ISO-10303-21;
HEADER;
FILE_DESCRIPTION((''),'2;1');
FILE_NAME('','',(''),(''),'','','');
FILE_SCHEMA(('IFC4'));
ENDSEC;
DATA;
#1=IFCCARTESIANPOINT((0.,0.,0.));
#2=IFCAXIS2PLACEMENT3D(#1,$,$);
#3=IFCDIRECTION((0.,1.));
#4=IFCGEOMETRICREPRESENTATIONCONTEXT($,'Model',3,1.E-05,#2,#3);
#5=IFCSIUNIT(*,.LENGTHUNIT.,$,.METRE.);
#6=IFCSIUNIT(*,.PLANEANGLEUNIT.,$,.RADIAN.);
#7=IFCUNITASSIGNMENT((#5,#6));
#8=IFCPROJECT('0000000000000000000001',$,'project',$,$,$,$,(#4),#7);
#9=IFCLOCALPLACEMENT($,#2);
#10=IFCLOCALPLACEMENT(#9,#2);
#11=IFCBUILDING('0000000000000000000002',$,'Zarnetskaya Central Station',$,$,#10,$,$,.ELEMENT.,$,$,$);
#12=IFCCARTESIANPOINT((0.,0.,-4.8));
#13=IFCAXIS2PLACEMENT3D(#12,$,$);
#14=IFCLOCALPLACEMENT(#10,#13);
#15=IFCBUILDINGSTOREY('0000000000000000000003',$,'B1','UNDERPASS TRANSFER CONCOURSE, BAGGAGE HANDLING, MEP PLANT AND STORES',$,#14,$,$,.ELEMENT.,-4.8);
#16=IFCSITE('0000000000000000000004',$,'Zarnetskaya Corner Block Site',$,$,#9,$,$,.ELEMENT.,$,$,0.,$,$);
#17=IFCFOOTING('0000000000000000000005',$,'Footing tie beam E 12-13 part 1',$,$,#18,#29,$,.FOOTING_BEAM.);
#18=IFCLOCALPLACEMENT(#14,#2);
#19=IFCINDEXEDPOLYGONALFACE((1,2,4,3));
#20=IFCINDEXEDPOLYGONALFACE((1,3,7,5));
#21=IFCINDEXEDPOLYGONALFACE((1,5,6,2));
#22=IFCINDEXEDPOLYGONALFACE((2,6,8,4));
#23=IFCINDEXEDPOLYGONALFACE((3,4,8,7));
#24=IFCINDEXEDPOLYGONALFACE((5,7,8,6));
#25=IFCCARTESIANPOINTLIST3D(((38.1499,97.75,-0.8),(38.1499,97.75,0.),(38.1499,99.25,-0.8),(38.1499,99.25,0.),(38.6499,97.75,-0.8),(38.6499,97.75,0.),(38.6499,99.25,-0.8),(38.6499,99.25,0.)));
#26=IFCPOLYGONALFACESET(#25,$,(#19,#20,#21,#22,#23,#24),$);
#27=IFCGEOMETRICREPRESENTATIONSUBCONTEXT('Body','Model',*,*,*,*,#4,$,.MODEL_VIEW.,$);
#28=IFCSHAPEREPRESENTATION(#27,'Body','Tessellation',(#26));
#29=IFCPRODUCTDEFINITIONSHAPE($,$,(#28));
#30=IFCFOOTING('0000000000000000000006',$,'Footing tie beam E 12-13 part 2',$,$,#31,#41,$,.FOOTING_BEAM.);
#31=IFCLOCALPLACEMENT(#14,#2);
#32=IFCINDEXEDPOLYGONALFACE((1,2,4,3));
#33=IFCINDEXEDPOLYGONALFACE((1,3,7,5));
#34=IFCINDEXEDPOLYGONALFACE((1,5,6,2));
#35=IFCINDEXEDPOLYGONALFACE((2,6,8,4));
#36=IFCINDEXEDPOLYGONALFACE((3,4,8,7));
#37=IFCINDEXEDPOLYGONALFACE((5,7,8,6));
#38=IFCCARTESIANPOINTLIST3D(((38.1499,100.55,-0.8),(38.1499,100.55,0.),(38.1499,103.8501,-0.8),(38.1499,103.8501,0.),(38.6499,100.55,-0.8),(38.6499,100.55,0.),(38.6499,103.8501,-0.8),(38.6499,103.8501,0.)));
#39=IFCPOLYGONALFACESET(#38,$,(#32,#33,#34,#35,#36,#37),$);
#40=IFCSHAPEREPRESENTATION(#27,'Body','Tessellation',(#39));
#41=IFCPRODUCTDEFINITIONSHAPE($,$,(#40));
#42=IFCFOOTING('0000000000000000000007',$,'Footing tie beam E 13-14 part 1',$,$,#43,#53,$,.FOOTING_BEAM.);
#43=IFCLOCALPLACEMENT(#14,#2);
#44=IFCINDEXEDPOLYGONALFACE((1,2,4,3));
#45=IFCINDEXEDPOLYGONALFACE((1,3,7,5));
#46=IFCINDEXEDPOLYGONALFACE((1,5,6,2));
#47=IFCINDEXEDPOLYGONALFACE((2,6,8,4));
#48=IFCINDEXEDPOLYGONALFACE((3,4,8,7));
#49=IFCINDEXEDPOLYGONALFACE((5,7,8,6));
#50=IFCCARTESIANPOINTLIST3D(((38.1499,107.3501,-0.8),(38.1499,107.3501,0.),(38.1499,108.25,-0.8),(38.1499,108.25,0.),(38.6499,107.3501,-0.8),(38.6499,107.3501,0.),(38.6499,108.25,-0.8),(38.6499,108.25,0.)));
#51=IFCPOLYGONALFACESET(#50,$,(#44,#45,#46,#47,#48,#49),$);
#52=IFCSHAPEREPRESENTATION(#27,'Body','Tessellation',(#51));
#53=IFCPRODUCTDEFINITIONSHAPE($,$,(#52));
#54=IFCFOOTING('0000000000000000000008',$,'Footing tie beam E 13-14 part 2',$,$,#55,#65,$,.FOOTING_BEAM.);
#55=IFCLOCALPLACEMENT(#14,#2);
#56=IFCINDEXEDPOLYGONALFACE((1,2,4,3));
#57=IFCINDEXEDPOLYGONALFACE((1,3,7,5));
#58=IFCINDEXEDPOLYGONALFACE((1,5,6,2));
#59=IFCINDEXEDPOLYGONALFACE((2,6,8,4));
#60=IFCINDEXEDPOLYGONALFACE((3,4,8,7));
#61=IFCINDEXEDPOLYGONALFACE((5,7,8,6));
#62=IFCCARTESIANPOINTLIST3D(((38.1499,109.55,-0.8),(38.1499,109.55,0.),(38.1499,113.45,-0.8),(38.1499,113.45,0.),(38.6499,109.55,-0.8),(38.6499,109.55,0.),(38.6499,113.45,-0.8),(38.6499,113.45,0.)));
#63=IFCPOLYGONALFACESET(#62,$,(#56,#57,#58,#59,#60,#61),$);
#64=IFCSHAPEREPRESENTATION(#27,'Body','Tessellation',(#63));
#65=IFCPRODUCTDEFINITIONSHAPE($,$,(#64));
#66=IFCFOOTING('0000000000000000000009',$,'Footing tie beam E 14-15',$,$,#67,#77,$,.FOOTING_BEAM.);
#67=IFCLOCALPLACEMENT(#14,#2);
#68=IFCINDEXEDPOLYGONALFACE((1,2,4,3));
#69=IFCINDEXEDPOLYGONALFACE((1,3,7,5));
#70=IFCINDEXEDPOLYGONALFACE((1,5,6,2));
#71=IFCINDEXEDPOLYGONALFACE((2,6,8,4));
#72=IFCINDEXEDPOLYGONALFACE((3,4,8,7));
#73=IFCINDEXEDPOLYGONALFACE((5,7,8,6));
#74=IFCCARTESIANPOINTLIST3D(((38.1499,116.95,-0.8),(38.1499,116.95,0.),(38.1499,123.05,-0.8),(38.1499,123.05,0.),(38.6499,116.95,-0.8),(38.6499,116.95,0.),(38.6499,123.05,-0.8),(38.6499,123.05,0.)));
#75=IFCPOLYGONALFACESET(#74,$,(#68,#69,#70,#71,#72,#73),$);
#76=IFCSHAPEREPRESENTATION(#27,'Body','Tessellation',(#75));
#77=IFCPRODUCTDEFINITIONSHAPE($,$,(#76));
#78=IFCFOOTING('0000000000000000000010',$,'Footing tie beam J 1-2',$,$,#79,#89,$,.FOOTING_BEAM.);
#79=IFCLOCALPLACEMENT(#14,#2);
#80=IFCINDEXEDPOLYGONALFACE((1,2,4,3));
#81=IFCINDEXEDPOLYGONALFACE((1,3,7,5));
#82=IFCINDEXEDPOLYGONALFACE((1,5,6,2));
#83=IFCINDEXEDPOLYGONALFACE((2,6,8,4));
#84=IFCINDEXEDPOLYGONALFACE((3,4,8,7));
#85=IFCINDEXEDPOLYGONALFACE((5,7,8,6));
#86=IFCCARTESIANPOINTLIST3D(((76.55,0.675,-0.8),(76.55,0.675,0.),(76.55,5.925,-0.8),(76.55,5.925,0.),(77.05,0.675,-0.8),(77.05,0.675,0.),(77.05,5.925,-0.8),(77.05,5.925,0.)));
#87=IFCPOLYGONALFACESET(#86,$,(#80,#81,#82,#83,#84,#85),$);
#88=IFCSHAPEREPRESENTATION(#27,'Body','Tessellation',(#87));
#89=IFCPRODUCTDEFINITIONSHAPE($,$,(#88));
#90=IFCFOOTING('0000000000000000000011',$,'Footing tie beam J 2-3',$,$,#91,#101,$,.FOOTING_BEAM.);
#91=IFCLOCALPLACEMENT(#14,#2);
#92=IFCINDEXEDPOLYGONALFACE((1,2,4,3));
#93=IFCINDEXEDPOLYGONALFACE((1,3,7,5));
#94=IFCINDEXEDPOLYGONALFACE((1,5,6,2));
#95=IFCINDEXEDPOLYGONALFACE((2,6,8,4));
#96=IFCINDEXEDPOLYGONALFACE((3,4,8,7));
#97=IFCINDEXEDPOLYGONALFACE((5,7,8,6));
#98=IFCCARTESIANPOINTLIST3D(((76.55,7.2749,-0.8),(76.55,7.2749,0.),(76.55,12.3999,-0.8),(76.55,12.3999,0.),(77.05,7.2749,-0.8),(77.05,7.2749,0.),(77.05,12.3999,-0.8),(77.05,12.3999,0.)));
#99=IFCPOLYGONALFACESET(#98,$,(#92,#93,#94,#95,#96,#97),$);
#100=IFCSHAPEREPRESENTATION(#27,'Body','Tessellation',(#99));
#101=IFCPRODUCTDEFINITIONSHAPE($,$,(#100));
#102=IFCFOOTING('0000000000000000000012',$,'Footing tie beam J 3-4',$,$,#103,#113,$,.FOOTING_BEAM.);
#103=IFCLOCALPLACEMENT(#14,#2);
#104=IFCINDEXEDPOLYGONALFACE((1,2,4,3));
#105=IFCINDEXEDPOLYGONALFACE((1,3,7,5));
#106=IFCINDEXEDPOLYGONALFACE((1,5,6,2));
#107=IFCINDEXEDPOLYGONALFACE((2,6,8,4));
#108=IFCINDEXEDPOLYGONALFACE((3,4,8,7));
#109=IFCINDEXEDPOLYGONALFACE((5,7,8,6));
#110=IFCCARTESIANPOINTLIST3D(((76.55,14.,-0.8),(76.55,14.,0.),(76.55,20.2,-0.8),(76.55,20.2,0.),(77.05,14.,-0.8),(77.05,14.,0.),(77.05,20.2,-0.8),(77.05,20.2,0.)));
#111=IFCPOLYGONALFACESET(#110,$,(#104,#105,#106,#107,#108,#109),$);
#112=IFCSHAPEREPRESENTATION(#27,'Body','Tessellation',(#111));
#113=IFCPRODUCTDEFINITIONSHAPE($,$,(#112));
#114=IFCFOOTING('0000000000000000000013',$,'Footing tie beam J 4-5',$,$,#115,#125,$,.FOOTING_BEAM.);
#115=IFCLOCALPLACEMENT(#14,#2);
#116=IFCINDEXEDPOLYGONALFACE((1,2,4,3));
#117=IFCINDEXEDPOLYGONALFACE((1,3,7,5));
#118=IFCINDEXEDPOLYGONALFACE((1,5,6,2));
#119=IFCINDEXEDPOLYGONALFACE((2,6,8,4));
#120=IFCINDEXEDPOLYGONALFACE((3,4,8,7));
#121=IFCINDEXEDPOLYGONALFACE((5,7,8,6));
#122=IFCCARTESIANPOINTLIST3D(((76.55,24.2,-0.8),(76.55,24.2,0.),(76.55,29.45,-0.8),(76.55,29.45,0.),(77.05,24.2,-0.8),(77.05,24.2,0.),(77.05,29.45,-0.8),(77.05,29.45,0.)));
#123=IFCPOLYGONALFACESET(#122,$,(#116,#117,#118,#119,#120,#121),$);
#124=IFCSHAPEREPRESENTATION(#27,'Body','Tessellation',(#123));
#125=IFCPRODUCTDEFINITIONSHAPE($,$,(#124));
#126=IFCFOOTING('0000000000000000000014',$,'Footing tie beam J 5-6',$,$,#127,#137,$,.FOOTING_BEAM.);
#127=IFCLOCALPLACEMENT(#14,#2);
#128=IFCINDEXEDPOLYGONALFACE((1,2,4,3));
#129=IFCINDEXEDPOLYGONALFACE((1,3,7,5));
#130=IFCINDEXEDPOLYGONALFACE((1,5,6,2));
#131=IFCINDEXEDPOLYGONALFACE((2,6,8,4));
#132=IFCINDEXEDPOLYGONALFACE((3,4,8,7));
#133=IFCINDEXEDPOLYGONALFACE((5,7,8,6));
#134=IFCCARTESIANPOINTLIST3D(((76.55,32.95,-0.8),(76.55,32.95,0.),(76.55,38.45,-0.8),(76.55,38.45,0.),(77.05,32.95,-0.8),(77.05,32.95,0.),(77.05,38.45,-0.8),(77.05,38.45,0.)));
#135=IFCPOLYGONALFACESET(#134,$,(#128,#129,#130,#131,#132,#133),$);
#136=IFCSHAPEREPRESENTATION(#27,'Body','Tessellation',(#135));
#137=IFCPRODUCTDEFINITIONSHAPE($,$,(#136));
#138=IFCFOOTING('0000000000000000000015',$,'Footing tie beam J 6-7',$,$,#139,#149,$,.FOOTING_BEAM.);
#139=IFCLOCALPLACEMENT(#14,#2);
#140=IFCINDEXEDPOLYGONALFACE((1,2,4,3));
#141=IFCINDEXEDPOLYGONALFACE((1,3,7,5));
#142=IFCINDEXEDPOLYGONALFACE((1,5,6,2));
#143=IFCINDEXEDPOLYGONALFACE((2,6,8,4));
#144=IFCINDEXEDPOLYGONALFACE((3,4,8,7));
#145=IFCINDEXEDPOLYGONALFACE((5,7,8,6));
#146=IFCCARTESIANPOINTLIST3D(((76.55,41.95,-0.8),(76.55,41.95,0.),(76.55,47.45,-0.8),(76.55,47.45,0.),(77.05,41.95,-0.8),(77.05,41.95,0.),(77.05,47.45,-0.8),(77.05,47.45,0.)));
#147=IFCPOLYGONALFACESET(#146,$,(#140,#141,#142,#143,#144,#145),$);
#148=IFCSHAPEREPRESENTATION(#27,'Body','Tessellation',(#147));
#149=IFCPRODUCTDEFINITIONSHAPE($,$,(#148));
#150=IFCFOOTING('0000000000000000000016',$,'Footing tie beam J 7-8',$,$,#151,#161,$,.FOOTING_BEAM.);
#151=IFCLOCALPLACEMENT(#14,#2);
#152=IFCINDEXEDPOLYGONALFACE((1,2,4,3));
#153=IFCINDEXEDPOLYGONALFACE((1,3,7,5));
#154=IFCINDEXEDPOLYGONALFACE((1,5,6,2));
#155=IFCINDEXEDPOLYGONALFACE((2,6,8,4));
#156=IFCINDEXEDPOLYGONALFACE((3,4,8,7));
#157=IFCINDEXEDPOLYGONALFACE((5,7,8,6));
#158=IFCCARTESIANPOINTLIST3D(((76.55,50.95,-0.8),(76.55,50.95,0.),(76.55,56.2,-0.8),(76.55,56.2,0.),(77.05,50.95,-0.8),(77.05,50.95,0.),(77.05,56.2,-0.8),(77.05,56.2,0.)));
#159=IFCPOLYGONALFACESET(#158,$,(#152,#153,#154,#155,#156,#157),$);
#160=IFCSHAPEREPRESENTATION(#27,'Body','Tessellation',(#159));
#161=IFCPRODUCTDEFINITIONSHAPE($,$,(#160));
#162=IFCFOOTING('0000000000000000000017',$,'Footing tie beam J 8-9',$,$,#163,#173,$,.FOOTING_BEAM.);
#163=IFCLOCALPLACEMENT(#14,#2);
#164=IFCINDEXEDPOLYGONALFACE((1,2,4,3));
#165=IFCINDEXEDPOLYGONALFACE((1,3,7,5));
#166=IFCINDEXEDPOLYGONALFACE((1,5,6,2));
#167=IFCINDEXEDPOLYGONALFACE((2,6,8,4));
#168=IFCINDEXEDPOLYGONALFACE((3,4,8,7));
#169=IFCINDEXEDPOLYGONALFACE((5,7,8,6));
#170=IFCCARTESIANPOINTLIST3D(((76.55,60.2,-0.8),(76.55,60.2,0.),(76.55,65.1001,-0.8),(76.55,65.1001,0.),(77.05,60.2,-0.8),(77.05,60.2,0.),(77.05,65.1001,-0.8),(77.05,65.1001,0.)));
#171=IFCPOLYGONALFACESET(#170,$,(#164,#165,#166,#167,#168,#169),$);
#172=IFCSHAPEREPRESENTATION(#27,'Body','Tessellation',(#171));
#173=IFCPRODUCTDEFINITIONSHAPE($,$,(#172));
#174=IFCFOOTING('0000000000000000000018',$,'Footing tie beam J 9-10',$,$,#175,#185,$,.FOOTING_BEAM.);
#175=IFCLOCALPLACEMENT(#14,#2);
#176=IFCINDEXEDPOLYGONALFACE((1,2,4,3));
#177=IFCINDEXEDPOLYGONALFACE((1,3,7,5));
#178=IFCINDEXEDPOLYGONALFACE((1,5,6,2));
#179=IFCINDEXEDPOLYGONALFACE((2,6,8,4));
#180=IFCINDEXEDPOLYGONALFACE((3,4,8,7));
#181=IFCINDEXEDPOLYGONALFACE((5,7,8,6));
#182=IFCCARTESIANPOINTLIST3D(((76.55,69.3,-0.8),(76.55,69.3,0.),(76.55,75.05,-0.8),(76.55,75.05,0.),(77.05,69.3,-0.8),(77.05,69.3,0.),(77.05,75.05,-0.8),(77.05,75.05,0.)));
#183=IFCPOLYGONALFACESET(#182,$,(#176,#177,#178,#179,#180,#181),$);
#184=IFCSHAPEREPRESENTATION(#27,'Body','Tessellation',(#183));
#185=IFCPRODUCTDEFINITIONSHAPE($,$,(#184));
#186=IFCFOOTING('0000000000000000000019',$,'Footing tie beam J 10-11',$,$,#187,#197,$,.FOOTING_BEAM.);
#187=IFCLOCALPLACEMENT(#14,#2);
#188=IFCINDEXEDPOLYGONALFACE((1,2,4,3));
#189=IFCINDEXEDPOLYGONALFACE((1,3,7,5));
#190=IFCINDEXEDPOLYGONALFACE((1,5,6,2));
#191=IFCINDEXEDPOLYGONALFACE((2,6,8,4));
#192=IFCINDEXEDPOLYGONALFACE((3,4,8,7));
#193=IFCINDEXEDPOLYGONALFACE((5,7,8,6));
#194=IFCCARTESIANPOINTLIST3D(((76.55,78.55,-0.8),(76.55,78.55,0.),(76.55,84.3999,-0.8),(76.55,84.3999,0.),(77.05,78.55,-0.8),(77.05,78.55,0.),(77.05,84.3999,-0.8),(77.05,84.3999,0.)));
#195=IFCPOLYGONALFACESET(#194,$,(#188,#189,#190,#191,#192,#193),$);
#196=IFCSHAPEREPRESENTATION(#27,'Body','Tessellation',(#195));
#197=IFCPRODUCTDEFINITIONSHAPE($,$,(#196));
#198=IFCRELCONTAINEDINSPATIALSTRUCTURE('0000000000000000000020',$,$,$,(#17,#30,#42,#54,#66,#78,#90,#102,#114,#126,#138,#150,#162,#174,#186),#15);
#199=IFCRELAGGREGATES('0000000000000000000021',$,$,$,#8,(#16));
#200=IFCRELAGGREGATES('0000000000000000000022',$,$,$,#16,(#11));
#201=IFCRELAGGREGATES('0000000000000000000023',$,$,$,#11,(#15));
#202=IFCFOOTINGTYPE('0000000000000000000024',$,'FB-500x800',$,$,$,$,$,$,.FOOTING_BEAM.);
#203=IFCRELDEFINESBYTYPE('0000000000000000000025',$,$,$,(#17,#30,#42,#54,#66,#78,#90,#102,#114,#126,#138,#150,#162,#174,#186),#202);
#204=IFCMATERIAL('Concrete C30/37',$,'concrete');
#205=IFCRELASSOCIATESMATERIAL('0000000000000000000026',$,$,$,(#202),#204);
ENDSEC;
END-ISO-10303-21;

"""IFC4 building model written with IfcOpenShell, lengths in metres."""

from ifc_helpers import new_model, si_unit, direction, frame, origin, place, context, subcontext, project, spatial, polyline, outline, extrude, material, type_object, element, save


model = new_model("IFC4")

# Units and contexts
model_context = context("Model", 3, precision=1e-05, world=origin(), true_north=direction((0.0, 1.0)))
body_context = subcontext(model_context, "Body", "Model", "MODEL_VIEW")
ifc_project = project(units=[si_unit("LENGTHUNIT", "METRE"), si_unit("PLANEANGLEUNIT", "RADIAN")], contexts=[model_context])

# Site, building, storey
site_placement = place(None, origin())
site = spatial("IfcSite", under=ifc_project, at=site_placement, Name="Zarnetskaya Corner Block Site", CompositionType="ELEMENT", RefElevation=0.0)
building_placement = place(site_placement, origin())
building = spatial("IfcBuilding", under=site, at=building_placement, Name="Zarnetskaya Central Station", CompositionType="ELEMENT")
storey_placement = place(building_placement, frame((0.0, 0.0, -4.8)))
storey = spatial("IfcBuildingStorey", under=building, at=storey_placement, Name="B1", Description="UNDERPASS TRANSFER CONCOURSE, BAGGAGE HANDLING, MEP PLANT AND STORES", CompositionType="ELEMENT", Elevation=-4.8)

# Footings
ifc_material = material(Name="Concrete C30/37", Category="concrete")
footing_type = type_object("IfcFootingType", Name="FB-500x800", PredefinedType="FOOTING_BEAM", material=ifc_material)
footing_1_placement = place(storey_placement, frame((0.0, 0.0, -0.8)))
element("IfcFooting", 1, at=footing_1_placement, inside=storey, type_object=footing_type, Name="Footing tie beam E 12-13 part 1", PredefinedType="FOOTING_BEAM", context=body_context, shape_type="SweptSolid", body=[
    extrude(outline(polyline([(38.1499, 97.75), (38.6499, 97.75), (38.6499, 99.25), (38.1499, 99.25), (38.1499, 97.75)])), origin(), (0.0, 0.0, 1.0), 0.8),
])
footing_2_placement = place(storey_placement, frame((0.0, 0.0, -0.8)))
element("IfcFooting", 2, at=footing_2_placement, inside=storey, type_object=footing_type, Name="Footing tie beam E 12-13 part 2", PredefinedType="FOOTING_BEAM", context=body_context, shape_type="SweptSolid", body=[
    extrude(outline(polyline([(38.1499, 100.55), (38.6499, 100.55), (38.6499, 103.8501), (38.1499, 103.8501), (38.1499, 100.55)])), origin(), (0.0, 0.0, 1.0), 0.8),
])
footing_3_placement = place(storey_placement, frame((0.0, 0.0, -0.8)))
element("IfcFooting", 3, at=footing_3_placement, inside=storey, type_object=footing_type, Name="Footing tie beam E 13-14 part 1", PredefinedType="FOOTING_BEAM", context=body_context, shape_type="SweptSolid", body=[
    extrude(outline(polyline([(38.1499, 107.3501), (38.6499, 107.3501), (38.6499, 108.25), (38.1499, 108.25), (38.1499, 107.3501)])), origin(), (0.0, 0.0, 1.0), 0.8),
])
footing_4_placement = place(storey_placement, frame((0.0, 0.0, -0.8)))
element("IfcFooting", 4, at=footing_4_placement, inside=storey, type_object=footing_type, Name="Footing tie beam E 13-14 part 2", PredefinedType="FOOTING_BEAM", context=body_context, shape_type="SweptSolid", body=[
    extrude(outline(polyline([(38.1499, 109.55), (38.6499, 109.55), (38.6499, 113.45), (38.1499, 113.45), (38.1499, 109.55)])), origin(), (0.0, 0.0, 1.0), 0.8),
])
footing_5_placement = place(storey_placement, frame((0.0, 0.0, -0.8)))
element("IfcFooting", 5, at=footing_5_placement, inside=storey, type_object=footing_type, Name="Footing tie beam E 14-15", PredefinedType="FOOTING_BEAM", context=body_context, shape_type="SweptSolid", body=[
    extrude(outline(polyline([(38.1499, 116.95), (38.6499, 116.95), (38.6499, 123.05), (38.1499, 123.05), (38.1499, 116.95)])), origin(), (0.0, 0.0, 1.0), 0.8),
])
footing_6_placement = place(storey_placement, frame((0.0, 0.0, -0.8)))
element("IfcFooting", 6, at=footing_6_placement, inside=storey, type_object=footing_type, Name="Footing tie beam J 1-2", PredefinedType="FOOTING_BEAM", context=body_context, shape_type="SweptSolid", body=[
    extrude(outline(polyline([(76.55, 0.675), (77.05, 0.675), (77.05, 5.925), (76.55, 5.925), (76.55, 0.675)])), origin(), (0.0, 0.0, 1.0), 0.8),
])
footing_7_placement = place(storey_placement, frame((0.0, 0.0, -0.8)))
element("IfcFooting", 7, at=footing_7_placement, inside=storey, type_object=footing_type, Name="Footing tie beam J 2-3", PredefinedType="FOOTING_BEAM", context=body_context, shape_type="SweptSolid", body=[
    extrude(outline(polyline([(76.55, 7.2749), (77.05, 7.2749), (77.05, 12.3999), (76.55, 12.3999), (76.55, 7.2749)])), origin(), (0.0, 0.0, 1.0), 0.8),
])
footing_8_placement = place(storey_placement, frame((0.0, 0.0, -0.8)))
element("IfcFooting", 8, at=footing_8_placement, inside=storey, type_object=footing_type, Name="Footing tie beam J 3-4", PredefinedType="FOOTING_BEAM", context=body_context, shape_type="SweptSolid", body=[
    extrude(outline(polyline([(76.55, 14.0), (77.05, 14.0), (77.05, 20.2), (76.55, 20.2), (76.55, 14.0)])), origin(), (0.0, 0.0, 1.0), 0.8),
])
footing_9_placement = place(storey_placement, frame((0.0, 0.0, -0.8)))
element("IfcFooting", 9, at=footing_9_placement, inside=storey, type_object=footing_type, Name="Footing tie beam J 4-5", PredefinedType="FOOTING_BEAM", context=body_context, shape_type="SweptSolid", body=[
    extrude(outline(polyline([(76.55, 24.2), (77.05, 24.2), (77.05, 29.45), (76.55, 29.45), (76.55, 24.2)])), origin(), (0.0, 0.0, 1.0), 0.8),
])
footing_10_placement = place(storey_placement, frame((0.0, 0.0, -0.8)))
element("IfcFooting", 10, at=footing_10_placement, inside=storey, type_object=footing_type, Name="Footing tie beam J 5-6", PredefinedType="FOOTING_BEAM", context=body_context, shape_type="SweptSolid", body=[
    extrude(outline(polyline([(76.55, 32.95), (77.05, 32.95), (77.05, 38.45), (76.55, 38.45), (76.55, 32.95)])), origin(), (0.0, 0.0, 1.0), 0.8),
])
footing_11_placement = place(storey_placement, frame((0.0, 0.0, -0.8)))
element("IfcFooting", 11, at=footing_11_placement, inside=storey, type_object=footing_type, Name="Footing tie beam J 6-7", PredefinedType="FOOTING_BEAM", context=body_context, shape_type="SweptSolid", body=[
    extrude(outline(polyline([(76.55, 41.95), (77.05, 41.95), (77.05, 47.45), (76.55, 47.45), (76.55, 41.95)])), origin(), (0.0, 0.0, 1.0), 0.8),
])
footing_12_placement = place(storey_placement, frame((0.0, 0.0, -0.8)))
element("IfcFooting", 12, at=footing_12_placement, inside=storey, type_object=footing_type, Name="Footing tie beam J 7-8", PredefinedType="FOOTING_BEAM", context=body_context, shape_type="SweptSolid", body=[
    extrude(outline(polyline([(76.55, 50.95), (77.05, 50.95), (77.05, 56.2), (76.55, 56.2), (76.55, 50.95)])), origin(), (0.0, 0.0, 1.0), 0.8),
])
footing_13_placement = place(storey_placement, frame((0.0, 0.0, -0.8)))
element("IfcFooting", 13, at=footing_13_placement, inside=storey, type_object=footing_type, Name="Footing tie beam J 8-9", PredefinedType="FOOTING_BEAM", context=body_context, shape_type="SweptSolid", body=[
    extrude(outline(polyline([(76.55, 60.2), (77.05, 60.2), (77.05, 65.1001), (76.55, 65.1001), (76.55, 60.2)])), origin(), (0.0, 0.0, 1.0), 0.8),
])
footing_14_placement = place(storey_placement, frame((0.0, 0.0, -0.8)))
element("IfcFooting", 14, at=footing_14_placement, inside=storey, type_object=footing_type, Name="Footing tie beam J 9-10", PredefinedType="FOOTING_BEAM", context=body_context, shape_type="SweptSolid", body=[
    extrude(outline(polyline([(76.55, 69.3), (77.05, 69.3), (77.05, 75.05), (76.55, 75.05), (76.55, 69.3)])), origin(), (0.0, 0.0, 1.0), 0.8),
])
footing_15_placement = place(storey_placement, frame((0.0, 0.0, -0.8)))
element("IfcFooting", 15, at=footing_15_placement, inside=storey, type_object=footing_type, Name="Footing tie beam J 10-11", PredefinedType="FOOTING_BEAM", context=body_context, shape_type="SweptSolid", body=[
    extrude(outline(polyline([(76.55, 78.55), (77.05, 78.55), (77.05, 84.3999), (76.55, 84.3999), (76.55, 78.55)])), origin(), (0.0, 0.0, 1.0), 0.8),
])

save(model, "model.ifc")
